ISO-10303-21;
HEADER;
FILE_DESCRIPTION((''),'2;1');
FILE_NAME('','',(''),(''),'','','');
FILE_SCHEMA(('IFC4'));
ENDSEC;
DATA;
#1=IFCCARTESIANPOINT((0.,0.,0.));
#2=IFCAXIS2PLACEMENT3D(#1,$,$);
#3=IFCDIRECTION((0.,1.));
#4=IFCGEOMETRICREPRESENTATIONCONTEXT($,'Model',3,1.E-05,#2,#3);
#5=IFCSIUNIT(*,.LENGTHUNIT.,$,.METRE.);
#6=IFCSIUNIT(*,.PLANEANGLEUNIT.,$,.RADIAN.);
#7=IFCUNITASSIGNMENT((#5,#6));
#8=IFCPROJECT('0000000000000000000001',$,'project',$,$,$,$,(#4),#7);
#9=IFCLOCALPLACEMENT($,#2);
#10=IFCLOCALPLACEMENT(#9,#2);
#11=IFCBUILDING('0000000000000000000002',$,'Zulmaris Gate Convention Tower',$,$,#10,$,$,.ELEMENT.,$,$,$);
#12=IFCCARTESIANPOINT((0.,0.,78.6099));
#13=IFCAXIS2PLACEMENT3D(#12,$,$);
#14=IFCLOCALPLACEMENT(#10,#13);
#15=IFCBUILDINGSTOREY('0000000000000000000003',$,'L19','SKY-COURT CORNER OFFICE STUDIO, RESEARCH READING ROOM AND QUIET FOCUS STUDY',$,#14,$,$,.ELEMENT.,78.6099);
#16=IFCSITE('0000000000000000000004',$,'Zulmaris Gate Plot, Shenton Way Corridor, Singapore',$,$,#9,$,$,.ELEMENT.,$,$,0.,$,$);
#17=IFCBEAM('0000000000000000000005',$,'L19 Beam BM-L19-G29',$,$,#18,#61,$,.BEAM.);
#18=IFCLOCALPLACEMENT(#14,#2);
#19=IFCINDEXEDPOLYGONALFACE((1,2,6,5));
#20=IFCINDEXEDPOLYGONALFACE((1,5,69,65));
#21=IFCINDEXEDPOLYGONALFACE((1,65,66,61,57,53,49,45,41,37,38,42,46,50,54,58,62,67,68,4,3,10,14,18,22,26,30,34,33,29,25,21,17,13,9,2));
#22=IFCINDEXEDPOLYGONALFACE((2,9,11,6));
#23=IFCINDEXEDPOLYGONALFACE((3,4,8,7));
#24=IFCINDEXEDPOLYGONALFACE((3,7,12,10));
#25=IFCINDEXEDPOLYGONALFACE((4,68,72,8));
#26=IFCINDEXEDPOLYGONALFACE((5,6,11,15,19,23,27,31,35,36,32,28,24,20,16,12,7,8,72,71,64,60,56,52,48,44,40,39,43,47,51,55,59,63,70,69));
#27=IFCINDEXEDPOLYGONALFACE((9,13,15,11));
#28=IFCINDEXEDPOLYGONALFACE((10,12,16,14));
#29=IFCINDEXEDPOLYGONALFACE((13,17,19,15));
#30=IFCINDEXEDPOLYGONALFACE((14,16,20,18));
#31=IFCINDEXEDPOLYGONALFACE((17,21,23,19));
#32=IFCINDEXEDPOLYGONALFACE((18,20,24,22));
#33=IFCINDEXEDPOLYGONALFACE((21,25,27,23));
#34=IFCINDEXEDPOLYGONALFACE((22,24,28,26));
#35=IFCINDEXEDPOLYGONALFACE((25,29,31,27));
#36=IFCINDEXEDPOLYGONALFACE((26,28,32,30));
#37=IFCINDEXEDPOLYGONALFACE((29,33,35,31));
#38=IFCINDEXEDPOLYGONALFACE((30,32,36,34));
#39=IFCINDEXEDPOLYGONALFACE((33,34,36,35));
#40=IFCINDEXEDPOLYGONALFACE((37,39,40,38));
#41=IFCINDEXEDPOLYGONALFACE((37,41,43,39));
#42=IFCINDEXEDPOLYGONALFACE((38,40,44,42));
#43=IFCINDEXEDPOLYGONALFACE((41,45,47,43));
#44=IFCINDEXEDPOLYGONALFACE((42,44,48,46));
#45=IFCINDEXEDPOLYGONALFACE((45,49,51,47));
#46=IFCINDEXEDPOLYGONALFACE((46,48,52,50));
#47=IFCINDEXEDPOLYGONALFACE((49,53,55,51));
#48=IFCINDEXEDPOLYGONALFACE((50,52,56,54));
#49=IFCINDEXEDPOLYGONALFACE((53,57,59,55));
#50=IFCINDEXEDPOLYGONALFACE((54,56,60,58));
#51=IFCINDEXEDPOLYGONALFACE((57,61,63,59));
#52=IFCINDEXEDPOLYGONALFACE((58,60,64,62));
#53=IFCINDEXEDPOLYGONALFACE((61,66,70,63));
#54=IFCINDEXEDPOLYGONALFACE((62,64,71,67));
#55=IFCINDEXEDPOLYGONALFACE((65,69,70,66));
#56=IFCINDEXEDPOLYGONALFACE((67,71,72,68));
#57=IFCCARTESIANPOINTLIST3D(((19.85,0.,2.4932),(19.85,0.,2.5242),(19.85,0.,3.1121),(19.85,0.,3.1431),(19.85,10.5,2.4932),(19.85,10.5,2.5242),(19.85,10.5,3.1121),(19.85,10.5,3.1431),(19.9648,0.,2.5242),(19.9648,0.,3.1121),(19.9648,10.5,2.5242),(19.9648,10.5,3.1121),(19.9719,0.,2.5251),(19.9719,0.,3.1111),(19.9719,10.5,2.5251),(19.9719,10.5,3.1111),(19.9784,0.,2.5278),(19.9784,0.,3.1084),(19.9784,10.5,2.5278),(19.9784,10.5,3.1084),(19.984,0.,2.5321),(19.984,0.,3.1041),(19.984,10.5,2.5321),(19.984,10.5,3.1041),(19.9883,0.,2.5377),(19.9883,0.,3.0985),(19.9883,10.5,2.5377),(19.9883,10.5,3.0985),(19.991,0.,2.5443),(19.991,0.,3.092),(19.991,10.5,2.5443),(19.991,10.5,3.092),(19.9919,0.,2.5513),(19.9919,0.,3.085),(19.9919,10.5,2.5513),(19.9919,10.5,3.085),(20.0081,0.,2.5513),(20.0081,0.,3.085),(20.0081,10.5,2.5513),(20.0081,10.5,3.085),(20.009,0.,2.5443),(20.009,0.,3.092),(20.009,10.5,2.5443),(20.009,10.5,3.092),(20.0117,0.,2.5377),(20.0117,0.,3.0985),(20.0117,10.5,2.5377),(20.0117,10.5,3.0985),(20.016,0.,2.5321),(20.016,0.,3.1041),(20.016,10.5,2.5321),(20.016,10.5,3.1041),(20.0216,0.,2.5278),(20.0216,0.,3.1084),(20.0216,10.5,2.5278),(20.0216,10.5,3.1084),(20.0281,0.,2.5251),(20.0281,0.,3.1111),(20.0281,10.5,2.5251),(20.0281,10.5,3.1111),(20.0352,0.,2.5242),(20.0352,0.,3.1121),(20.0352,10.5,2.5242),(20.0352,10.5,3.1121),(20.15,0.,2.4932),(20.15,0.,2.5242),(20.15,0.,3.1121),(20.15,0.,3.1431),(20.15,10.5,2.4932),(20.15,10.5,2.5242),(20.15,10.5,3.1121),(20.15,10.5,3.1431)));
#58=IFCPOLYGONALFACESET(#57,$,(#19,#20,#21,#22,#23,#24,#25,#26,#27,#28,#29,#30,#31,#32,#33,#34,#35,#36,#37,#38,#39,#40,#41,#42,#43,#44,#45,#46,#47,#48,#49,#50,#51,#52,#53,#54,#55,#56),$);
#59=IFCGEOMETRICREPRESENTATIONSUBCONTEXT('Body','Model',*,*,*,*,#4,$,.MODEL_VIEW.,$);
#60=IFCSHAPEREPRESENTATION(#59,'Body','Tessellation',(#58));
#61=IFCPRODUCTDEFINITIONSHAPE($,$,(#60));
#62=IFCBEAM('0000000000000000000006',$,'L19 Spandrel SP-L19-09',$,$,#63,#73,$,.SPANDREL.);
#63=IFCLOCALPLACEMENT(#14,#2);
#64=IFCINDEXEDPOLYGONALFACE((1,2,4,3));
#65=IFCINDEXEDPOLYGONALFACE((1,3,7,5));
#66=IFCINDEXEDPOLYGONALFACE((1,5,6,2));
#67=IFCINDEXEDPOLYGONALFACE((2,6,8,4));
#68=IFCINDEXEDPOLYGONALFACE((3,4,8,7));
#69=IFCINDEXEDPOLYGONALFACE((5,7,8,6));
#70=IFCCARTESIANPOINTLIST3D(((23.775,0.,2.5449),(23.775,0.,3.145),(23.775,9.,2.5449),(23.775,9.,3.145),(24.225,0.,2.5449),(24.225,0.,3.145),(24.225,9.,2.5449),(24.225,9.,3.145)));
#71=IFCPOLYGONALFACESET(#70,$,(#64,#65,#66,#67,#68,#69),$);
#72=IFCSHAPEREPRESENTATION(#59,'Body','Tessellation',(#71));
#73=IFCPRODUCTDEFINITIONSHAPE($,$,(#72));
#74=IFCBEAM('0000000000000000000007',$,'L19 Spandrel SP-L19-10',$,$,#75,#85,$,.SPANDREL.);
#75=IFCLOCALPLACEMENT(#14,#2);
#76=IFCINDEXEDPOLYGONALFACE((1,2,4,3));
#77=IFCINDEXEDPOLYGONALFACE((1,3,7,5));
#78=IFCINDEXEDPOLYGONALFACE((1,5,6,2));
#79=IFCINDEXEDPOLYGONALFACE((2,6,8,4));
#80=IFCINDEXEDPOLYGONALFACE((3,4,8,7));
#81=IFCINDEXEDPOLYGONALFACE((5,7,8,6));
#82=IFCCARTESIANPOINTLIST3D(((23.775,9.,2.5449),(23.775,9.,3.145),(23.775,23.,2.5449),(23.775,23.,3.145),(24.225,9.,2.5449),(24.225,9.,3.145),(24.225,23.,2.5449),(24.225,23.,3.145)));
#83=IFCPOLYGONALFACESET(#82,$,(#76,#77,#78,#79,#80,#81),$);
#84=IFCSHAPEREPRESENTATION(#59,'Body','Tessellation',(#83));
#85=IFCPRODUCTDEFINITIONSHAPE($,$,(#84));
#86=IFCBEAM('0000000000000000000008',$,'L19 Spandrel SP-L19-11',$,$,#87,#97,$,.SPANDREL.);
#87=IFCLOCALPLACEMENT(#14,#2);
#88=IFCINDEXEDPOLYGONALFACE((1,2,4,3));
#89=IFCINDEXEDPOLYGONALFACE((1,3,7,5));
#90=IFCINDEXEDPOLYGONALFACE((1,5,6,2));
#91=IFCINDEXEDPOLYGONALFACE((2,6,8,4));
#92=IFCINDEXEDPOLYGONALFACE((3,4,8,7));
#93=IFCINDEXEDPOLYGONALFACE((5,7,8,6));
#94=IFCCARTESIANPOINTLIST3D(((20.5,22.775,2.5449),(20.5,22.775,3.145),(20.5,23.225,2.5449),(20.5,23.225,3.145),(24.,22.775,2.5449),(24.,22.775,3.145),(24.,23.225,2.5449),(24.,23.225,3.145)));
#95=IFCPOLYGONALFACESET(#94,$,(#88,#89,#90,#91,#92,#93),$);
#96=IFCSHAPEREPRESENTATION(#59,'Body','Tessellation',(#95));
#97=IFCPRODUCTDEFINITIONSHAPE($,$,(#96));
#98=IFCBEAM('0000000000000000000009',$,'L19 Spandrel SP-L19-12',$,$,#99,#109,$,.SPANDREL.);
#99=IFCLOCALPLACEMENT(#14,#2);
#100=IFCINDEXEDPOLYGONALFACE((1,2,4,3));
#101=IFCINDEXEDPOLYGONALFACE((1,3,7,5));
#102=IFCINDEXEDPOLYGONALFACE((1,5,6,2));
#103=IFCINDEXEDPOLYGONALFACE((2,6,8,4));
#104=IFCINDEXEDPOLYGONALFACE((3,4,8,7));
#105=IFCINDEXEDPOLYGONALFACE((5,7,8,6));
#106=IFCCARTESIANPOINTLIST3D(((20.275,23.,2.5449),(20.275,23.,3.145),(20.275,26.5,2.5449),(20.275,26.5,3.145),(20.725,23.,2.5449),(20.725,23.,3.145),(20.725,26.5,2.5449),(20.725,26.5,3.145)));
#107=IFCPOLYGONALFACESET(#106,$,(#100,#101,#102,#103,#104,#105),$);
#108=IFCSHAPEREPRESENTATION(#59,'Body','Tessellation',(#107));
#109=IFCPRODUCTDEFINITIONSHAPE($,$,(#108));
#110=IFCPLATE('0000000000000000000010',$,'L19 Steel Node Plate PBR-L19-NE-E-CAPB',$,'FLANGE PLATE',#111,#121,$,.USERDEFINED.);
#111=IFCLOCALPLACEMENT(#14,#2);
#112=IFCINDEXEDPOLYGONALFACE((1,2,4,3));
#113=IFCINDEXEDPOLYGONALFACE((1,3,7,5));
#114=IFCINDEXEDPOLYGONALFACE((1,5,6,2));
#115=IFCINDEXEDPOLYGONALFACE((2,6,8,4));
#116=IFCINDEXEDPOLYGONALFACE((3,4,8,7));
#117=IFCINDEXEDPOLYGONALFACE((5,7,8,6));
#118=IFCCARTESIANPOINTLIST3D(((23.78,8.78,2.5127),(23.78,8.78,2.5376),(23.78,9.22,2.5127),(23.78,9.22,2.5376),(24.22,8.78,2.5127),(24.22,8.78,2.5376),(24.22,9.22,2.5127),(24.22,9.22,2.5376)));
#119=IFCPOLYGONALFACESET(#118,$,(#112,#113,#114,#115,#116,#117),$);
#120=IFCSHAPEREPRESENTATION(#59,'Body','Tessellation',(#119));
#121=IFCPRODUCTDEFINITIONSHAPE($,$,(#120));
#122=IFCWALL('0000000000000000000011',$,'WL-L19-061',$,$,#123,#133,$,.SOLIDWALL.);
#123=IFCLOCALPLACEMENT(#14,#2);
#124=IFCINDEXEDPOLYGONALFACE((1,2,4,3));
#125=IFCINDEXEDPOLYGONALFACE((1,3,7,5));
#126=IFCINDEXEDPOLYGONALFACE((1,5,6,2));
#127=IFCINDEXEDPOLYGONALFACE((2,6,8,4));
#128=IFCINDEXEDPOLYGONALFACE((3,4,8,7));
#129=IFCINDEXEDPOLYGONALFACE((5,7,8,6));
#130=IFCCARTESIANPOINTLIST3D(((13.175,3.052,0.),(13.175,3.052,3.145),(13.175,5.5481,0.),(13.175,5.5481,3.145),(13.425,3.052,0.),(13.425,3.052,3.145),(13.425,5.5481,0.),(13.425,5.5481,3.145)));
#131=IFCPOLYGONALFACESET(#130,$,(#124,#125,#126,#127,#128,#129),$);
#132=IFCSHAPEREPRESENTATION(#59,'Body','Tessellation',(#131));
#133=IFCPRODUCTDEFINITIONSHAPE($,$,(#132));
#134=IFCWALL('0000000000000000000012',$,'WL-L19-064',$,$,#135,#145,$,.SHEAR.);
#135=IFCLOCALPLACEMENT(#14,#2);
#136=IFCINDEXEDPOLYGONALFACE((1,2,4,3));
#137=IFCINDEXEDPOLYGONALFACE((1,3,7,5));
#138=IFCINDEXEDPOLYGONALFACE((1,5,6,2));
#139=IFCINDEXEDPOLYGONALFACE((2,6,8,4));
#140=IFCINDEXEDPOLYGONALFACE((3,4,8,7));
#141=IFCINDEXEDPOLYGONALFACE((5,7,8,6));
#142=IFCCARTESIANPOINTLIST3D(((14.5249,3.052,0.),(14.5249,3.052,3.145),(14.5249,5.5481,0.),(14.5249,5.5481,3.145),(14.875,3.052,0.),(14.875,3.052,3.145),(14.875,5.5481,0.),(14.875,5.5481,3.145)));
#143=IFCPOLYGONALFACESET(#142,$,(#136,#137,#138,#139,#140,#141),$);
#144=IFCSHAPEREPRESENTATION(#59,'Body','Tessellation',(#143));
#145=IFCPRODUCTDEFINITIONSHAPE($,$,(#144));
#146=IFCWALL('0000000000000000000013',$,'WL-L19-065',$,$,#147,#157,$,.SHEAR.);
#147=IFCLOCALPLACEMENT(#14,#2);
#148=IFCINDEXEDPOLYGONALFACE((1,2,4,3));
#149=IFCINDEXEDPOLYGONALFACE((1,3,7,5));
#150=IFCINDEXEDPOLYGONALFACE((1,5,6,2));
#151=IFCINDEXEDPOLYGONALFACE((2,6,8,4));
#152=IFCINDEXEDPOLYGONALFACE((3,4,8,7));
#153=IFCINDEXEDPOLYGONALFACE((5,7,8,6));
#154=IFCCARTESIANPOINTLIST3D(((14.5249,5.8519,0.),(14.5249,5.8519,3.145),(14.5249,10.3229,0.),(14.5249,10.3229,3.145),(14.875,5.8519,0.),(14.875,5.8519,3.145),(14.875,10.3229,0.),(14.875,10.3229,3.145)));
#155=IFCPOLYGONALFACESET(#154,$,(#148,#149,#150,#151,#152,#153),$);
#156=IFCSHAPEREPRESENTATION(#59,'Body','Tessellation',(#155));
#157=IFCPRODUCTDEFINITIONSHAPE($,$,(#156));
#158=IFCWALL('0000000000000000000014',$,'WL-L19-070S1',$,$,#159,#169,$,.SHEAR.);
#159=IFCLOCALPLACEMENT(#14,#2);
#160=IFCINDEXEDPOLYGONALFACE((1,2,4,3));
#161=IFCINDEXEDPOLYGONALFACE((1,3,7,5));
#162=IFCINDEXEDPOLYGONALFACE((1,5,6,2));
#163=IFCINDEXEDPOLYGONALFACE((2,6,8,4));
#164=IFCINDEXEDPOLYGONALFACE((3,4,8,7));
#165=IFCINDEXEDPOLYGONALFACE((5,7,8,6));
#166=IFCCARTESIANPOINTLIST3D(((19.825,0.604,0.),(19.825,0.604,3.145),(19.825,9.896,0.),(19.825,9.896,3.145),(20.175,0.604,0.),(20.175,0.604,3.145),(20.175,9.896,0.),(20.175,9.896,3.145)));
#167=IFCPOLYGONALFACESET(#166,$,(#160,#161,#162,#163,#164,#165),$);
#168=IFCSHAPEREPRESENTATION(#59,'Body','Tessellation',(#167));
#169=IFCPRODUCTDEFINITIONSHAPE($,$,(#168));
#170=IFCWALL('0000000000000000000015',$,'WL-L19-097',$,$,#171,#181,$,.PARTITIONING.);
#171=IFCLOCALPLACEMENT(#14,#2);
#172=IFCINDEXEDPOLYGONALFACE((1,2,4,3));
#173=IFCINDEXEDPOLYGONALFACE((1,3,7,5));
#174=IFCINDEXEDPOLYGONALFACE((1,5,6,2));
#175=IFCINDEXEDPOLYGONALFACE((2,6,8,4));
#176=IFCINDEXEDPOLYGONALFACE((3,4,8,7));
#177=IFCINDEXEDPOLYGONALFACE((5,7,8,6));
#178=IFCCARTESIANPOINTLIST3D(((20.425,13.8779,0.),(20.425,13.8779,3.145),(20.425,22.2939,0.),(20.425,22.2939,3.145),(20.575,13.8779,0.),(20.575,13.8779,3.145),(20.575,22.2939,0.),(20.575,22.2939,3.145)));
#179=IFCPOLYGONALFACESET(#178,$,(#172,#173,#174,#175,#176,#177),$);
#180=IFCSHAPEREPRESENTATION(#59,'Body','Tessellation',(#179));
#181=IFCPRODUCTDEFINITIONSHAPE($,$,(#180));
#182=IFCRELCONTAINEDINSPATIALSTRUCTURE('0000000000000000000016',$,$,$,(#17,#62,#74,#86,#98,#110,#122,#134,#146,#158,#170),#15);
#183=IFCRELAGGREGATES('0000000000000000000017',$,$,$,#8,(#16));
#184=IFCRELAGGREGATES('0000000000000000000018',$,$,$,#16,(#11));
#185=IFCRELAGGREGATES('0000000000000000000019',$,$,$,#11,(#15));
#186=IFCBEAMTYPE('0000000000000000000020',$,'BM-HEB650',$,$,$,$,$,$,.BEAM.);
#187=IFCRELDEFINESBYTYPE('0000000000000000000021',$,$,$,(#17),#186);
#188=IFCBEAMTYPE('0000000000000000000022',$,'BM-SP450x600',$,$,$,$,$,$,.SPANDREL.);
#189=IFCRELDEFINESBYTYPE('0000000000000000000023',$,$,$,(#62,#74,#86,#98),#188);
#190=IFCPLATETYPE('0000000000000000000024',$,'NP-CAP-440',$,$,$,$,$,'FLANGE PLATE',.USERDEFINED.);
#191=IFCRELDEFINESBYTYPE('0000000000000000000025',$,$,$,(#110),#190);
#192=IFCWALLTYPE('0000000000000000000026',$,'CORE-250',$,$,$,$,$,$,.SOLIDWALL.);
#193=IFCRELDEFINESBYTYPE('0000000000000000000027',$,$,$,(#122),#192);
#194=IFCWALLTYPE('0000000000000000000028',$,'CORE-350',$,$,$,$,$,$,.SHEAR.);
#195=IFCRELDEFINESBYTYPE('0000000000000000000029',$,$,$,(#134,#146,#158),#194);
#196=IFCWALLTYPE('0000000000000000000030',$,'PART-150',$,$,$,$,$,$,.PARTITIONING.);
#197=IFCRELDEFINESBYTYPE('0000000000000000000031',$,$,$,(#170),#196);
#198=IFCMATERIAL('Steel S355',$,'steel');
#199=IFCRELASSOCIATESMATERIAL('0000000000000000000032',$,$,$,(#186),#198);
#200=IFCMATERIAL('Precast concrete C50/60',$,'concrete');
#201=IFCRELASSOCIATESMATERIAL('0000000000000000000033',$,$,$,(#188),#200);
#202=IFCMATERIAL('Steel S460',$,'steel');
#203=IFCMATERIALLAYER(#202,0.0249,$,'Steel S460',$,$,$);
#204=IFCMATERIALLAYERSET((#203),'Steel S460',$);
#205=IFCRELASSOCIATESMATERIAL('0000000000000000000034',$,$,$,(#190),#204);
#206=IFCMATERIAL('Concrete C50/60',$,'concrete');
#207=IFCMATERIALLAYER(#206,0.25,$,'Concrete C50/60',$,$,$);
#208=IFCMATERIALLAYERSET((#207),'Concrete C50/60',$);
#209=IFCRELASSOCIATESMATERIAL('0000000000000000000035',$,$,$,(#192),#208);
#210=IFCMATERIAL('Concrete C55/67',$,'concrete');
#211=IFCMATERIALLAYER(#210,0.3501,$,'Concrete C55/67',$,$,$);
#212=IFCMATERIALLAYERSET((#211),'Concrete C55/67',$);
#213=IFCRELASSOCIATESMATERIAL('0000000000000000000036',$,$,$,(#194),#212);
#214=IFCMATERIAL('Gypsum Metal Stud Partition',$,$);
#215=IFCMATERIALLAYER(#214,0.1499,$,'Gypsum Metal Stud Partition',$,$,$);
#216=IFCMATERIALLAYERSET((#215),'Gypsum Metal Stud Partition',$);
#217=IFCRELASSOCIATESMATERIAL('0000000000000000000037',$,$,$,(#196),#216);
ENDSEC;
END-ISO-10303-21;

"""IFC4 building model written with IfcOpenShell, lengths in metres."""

from ifc_helpers import new_model, si_unit, direction, frame, frame_2d, origin, origin_2d, place, context, subcontext, project, spatial, rectangle, i_section, extrude, material, layer, layer_set, material_profile, profile_set, type_object, element, save


model = new_model("IFC4")

# Units and contexts
model_context = context("Model", 3, precision=1e-05, world=origin(), true_north=direction((0.0, 1.0)))
body_context = subcontext(model_context, "Body", "Model", "MODEL_VIEW")
ifc_project = project(units=[si_unit("LENGTHUNIT", "METRE"), si_unit("PLANEANGLEUNIT", "RADIAN")], contexts=[model_context])

# Site, building, storey
site_placement = place(None, origin())
site = spatial("IfcSite", under=ifc_project, at=site_placement, Name="Zulmaris Gate Plot, Shenton Way Corridor, Singapore", CompositionType="ELEMENT", RefElevation=0.0)
building_placement = place(site_placement, origin())
building = spatial("IfcBuilding", under=site, at=building_placement, Name="Zulmaris Gate Convention Tower", CompositionType="ELEMENT")
storey_placement = place(building_placement, frame((0.0, 0.0, 78.6099)))
storey = spatial("IfcBuildingStorey", under=building, at=storey_placement, Name="L19", Description="SKY-COURT CORNER OFFICE STUDIO, RESEARCH READING ROOM AND QUIET FOCUS STUDY", CompositionType="ELEMENT", Elevation=78.6099)

# Beams
ifc_material_1 = material(Name="Steel S355", Category="steel")
ifc_material_profile_1 = material_profile(ifc_material_1, i_section(OverallWidth=0.3, OverallDepth=0.6499, WebThickness=0.0161, FlangeThickness=0.031, FilletRadius=0.0271, at=origin_2d()), Name="HEB 650")
ifc_profile_set_1 = profile_set([ifc_material_profile_1], Name="Steel S355")
beam_type_1 = type_object("IfcBeamType", Name="BM-HEB650", PredefinedType="BEAM", material=ifc_profile_set_1)
beam_1_placement = place(storey_placement, frame((20.0, 0.0, 2.8181), z_axis=(0.0, 1.0, 0.0), x_axis=(-1.0, 0.0, 0.0)))
element("IfcBeam", 1, at=beam_1_placement, inside=storey, type_object=beam_type_1, Name="L19 Beam BM-L19-G29", PredefinedType="BEAM", context=body_context, shape_type="SweptSolid", body=[
    extrude(i_section(OverallWidth=0.3, OverallDepth=0.6499, WebThickness=0.0161, FlangeThickness=0.031, FilletRadius=0.0271, at=origin_2d()), origin(), (0.0, 0.0, 1.0), 10.5),
])
ifc_material_2 = material(Name="Precast concrete C50/60", Category="concrete")
ifc_material_profile_2 = material_profile(ifc_material_2, rectangle(XDim=0.45, YDim=0.6001, at=origin_2d()), Name="RC SPANDREL 450x600")
ifc_profile_set_2 = profile_set([ifc_material_profile_2], Name="Precast concrete C50/60")
beam_type_2 = type_object("IfcBeamType", Name="BM-SP450x600", PredefinedType="SPANDREL", material=ifc_profile_set_2)
beam_2_placement = place(storey_placement, frame((24.0, 0.0, 2.845), z_axis=(0.0, 1.0, 0.0), x_axis=(-1.0, 0.0, 0.0)))
element("IfcBeam", 2, at=beam_2_placement, inside=storey, type_object=beam_type_2, Name="L19 Spandrel SP-L19-09", PredefinedType="SPANDREL", context=body_context, shape_type="SweptSolid", body=[
    extrude(rectangle(XDim=0.45, YDim=0.6001, at=origin_2d()), origin(), (0.0, 0.0, 1.0), 9.0),
])
beam_3_placement = place(storey_placement, frame((24.0, 9.0, 2.845), z_axis=(0.0, 1.0, 0.0), x_axis=(-1.0, 0.0, 0.0)))
element("IfcBeam", 3, at=beam_3_placement, inside=storey, type_object=beam_type_2, Name="L19 Spandrel SP-L19-10", PredefinedType="SPANDREL", context=body_context, shape_type="SweptSolid", body=[
    extrude(rectangle(XDim=0.45, YDim=0.6001, at=origin_2d()), origin(), (0.0, 0.0, 1.0), 14.0),
])
for number, where, z_axis, x_axis, name in (
    (4, (24.0, 23.0, 2.845), (-1.0, 0.0, 0.0), (0.0, -1.0, 0.0), "L19 Spandrel SP-L19-11"),
    (5, (20.5, 23.0, 2.845), (0.0, 1.0, 0.0), (-1.0, 0.0, 0.0), "L19 Spandrel SP-L19-12"),
):
    element("IfcBeam", number, at=place(storey_placement, frame(where, z_axis=z_axis, x_axis=x_axis)), inside=storey, type_object=beam_type_2, Name=name, PredefinedType="SPANDREL", context=body_context, shape_type="SweptSolid", body=[
        extrude(rectangle(XDim=0.45, YDim=0.6001, at=origin_2d()), origin(), (0.0, 0.0, 1.0), 3.5),
    ])

# Plate
ifc_material_3 = material(Name="Steel S460", Category="steel")
ifc_layer_1 = layer(ifc_material_3, 0.0249, Name="Steel S460")
ifc_layer_set_1 = layer_set([ifc_layer_1], Name="Steel S460")
plate_type = type_object("IfcPlateType", Name="NP-CAP-440", ElementType="FLANGE PLATE", PredefinedType="USERDEFINED", material=ifc_layer_set_1)
plate_placement = place(storey_placement, frame((24.0, 9.0, 2.5127), z_axis=(0.0, 0.0, 1.0), x_axis=(1.0, 0.0, 0.0)))
element("IfcPlate", 6, at=plate_placement, inside=storey, type_object=plate_type, Name="L19 Steel Node Plate PBR-L19-NE-E-CAPB", ObjectType="FLANGE PLATE", PredefinedType="USERDEFINED", context=body_context, shape_type="SweptSolid", body=[
    extrude(rectangle(XDim=0.4399, YDim=0.4399, at=origin_2d()), origin(), (0.0, 0.0, 1.0), 0.0249),
])

# Wall
ifc_material_4 = material(Name="Concrete C50/60", Category="concrete")
ifc_layer_2 = layer(ifc_material_4, 0.25, Name="Concrete C50/60")
ifc_layer_set_2 = layer_set([ifc_layer_2], Name="Concrete C50/60")
wall_type_1 = type_object("IfcWallType", Name="CORE-250", PredefinedType="SOLIDWALL", material=ifc_layer_set_2)
wall_1_placement = place(storey_placement, frame((13.3, 3.052, 0.0), z_axis=(0.0, 0.0, 1.0), x_axis=(0.0, 1.0, 0.0)))
element("IfcWall", 7, at=wall_1_placement, inside=storey, type_object=wall_type_1, Name="WL-L19-061", PredefinedType="SOLIDWALL", context=body_context, shape_type="SweptSolid", body=[
    extrude(rectangle(XDim=2.4961, YDim=0.25, at=frame_2d((1.248, 0.0))), origin(), (0.0, 0.0, 1.0), 3.145),
])

# Shared definitions
ifc_material_5 = material(Name="Concrete C55/67", Category="concrete")
ifc_layer_3 = layer(ifc_material_5, 0.3501, Name="Concrete C55/67")
ifc_layer_set_3 = layer_set([ifc_layer_3], Name="Concrete C55/67")
wall_type_2 = type_object("IfcWallType", Name="CORE-350", PredefinedType="SHEAR", material=ifc_layer_set_3)

# Walls
wall_2_placement = place(storey_placement, frame((14.7, 3.052, 0.0), z_axis=(0.0, 0.0, 1.0), x_axis=(0.0, 1.0, 0.0)))
element("IfcWall", 8, at=wall_2_placement, inside=storey, type_object=wall_type_2, Name="WL-L19-064", PredefinedType="SHEAR", context=body_context, shape_type="SweptSolid", body=[
    extrude(rectangle(XDim=2.4961, YDim=0.3501, at=frame_2d((1.248, 0.0))), origin(), (0.0, 0.0, 1.0), 3.145),
])
wall_3_placement = place(storey_placement, frame((14.7, 5.8521, 0.0), z_axis=(0.0, 0.0, 1.0), x_axis=(0.0, 1.0, 0.0)))
element("IfcWall", 9, at=wall_3_placement, inside=storey, type_object=wall_type_2, Name="WL-L19-065", PredefinedType="SHEAR", context=body_context, shape_type="SweptSolid", body=[
    extrude(rectangle(XDim=4.4709, YDim=0.3501, at=frame_2d((2.2354, 0.0))), origin(), (0.0, 0.0, 1.0), 3.145),
])
wall_4_placement = place(storey_placement, frame((20.0, 0.604, 0.0), z_axis=(0.0, 0.0, 1.0), x_axis=(0.0, 1.0, 0.0)))
element("IfcWall", 10, at=wall_4_placement, inside=storey, type_object=wall_type_2, Name="WL-L19-070S1", PredefinedType="SHEAR", context=body_context, shape_type="SweptSolid", body=[
    extrude(rectangle(XDim=9.292, YDim=0.3501, at=frame_2d((4.646, 0.0))), origin(), (0.0, 0.0, 1.0), 3.145),
])

# Shared definitions
ifc_material_6 = material(Name="Gypsum Metal Stud Partition")
ifc_layer_4 = layer(ifc_material_6, 0.1499, Name="Gypsum Metal Stud Partition")
ifc_layer_set_4 = layer_set([ifc_layer_4], Name="Gypsum Metal Stud Partition")
wall_type_3 = type_object("IfcWallType", Name="PART-150", PredefinedType="PARTITIONING", material=ifc_layer_set_4)

# Wall
wall_5_placement = place(storey_placement, frame((20.5, 13.8779, 0.0), z_axis=(0.0, 0.0, 1.0), x_axis=(0.0, 1.0, 0.0)))
element("IfcWall", 11, at=wall_5_placement, inside=storey, type_object=wall_type_3, Name="WL-L19-097", PredefinedType="PARTITIONING", context=body_context, shape_type="SweptSolid", body=[
    extrude(rectangle(XDim=8.416, YDim=0.1499, at=frame_2d((4.208, 0.0))), origin(), (0.0, 0.0, 1.0), 3.145),
])

save(model, "model.ifc")
